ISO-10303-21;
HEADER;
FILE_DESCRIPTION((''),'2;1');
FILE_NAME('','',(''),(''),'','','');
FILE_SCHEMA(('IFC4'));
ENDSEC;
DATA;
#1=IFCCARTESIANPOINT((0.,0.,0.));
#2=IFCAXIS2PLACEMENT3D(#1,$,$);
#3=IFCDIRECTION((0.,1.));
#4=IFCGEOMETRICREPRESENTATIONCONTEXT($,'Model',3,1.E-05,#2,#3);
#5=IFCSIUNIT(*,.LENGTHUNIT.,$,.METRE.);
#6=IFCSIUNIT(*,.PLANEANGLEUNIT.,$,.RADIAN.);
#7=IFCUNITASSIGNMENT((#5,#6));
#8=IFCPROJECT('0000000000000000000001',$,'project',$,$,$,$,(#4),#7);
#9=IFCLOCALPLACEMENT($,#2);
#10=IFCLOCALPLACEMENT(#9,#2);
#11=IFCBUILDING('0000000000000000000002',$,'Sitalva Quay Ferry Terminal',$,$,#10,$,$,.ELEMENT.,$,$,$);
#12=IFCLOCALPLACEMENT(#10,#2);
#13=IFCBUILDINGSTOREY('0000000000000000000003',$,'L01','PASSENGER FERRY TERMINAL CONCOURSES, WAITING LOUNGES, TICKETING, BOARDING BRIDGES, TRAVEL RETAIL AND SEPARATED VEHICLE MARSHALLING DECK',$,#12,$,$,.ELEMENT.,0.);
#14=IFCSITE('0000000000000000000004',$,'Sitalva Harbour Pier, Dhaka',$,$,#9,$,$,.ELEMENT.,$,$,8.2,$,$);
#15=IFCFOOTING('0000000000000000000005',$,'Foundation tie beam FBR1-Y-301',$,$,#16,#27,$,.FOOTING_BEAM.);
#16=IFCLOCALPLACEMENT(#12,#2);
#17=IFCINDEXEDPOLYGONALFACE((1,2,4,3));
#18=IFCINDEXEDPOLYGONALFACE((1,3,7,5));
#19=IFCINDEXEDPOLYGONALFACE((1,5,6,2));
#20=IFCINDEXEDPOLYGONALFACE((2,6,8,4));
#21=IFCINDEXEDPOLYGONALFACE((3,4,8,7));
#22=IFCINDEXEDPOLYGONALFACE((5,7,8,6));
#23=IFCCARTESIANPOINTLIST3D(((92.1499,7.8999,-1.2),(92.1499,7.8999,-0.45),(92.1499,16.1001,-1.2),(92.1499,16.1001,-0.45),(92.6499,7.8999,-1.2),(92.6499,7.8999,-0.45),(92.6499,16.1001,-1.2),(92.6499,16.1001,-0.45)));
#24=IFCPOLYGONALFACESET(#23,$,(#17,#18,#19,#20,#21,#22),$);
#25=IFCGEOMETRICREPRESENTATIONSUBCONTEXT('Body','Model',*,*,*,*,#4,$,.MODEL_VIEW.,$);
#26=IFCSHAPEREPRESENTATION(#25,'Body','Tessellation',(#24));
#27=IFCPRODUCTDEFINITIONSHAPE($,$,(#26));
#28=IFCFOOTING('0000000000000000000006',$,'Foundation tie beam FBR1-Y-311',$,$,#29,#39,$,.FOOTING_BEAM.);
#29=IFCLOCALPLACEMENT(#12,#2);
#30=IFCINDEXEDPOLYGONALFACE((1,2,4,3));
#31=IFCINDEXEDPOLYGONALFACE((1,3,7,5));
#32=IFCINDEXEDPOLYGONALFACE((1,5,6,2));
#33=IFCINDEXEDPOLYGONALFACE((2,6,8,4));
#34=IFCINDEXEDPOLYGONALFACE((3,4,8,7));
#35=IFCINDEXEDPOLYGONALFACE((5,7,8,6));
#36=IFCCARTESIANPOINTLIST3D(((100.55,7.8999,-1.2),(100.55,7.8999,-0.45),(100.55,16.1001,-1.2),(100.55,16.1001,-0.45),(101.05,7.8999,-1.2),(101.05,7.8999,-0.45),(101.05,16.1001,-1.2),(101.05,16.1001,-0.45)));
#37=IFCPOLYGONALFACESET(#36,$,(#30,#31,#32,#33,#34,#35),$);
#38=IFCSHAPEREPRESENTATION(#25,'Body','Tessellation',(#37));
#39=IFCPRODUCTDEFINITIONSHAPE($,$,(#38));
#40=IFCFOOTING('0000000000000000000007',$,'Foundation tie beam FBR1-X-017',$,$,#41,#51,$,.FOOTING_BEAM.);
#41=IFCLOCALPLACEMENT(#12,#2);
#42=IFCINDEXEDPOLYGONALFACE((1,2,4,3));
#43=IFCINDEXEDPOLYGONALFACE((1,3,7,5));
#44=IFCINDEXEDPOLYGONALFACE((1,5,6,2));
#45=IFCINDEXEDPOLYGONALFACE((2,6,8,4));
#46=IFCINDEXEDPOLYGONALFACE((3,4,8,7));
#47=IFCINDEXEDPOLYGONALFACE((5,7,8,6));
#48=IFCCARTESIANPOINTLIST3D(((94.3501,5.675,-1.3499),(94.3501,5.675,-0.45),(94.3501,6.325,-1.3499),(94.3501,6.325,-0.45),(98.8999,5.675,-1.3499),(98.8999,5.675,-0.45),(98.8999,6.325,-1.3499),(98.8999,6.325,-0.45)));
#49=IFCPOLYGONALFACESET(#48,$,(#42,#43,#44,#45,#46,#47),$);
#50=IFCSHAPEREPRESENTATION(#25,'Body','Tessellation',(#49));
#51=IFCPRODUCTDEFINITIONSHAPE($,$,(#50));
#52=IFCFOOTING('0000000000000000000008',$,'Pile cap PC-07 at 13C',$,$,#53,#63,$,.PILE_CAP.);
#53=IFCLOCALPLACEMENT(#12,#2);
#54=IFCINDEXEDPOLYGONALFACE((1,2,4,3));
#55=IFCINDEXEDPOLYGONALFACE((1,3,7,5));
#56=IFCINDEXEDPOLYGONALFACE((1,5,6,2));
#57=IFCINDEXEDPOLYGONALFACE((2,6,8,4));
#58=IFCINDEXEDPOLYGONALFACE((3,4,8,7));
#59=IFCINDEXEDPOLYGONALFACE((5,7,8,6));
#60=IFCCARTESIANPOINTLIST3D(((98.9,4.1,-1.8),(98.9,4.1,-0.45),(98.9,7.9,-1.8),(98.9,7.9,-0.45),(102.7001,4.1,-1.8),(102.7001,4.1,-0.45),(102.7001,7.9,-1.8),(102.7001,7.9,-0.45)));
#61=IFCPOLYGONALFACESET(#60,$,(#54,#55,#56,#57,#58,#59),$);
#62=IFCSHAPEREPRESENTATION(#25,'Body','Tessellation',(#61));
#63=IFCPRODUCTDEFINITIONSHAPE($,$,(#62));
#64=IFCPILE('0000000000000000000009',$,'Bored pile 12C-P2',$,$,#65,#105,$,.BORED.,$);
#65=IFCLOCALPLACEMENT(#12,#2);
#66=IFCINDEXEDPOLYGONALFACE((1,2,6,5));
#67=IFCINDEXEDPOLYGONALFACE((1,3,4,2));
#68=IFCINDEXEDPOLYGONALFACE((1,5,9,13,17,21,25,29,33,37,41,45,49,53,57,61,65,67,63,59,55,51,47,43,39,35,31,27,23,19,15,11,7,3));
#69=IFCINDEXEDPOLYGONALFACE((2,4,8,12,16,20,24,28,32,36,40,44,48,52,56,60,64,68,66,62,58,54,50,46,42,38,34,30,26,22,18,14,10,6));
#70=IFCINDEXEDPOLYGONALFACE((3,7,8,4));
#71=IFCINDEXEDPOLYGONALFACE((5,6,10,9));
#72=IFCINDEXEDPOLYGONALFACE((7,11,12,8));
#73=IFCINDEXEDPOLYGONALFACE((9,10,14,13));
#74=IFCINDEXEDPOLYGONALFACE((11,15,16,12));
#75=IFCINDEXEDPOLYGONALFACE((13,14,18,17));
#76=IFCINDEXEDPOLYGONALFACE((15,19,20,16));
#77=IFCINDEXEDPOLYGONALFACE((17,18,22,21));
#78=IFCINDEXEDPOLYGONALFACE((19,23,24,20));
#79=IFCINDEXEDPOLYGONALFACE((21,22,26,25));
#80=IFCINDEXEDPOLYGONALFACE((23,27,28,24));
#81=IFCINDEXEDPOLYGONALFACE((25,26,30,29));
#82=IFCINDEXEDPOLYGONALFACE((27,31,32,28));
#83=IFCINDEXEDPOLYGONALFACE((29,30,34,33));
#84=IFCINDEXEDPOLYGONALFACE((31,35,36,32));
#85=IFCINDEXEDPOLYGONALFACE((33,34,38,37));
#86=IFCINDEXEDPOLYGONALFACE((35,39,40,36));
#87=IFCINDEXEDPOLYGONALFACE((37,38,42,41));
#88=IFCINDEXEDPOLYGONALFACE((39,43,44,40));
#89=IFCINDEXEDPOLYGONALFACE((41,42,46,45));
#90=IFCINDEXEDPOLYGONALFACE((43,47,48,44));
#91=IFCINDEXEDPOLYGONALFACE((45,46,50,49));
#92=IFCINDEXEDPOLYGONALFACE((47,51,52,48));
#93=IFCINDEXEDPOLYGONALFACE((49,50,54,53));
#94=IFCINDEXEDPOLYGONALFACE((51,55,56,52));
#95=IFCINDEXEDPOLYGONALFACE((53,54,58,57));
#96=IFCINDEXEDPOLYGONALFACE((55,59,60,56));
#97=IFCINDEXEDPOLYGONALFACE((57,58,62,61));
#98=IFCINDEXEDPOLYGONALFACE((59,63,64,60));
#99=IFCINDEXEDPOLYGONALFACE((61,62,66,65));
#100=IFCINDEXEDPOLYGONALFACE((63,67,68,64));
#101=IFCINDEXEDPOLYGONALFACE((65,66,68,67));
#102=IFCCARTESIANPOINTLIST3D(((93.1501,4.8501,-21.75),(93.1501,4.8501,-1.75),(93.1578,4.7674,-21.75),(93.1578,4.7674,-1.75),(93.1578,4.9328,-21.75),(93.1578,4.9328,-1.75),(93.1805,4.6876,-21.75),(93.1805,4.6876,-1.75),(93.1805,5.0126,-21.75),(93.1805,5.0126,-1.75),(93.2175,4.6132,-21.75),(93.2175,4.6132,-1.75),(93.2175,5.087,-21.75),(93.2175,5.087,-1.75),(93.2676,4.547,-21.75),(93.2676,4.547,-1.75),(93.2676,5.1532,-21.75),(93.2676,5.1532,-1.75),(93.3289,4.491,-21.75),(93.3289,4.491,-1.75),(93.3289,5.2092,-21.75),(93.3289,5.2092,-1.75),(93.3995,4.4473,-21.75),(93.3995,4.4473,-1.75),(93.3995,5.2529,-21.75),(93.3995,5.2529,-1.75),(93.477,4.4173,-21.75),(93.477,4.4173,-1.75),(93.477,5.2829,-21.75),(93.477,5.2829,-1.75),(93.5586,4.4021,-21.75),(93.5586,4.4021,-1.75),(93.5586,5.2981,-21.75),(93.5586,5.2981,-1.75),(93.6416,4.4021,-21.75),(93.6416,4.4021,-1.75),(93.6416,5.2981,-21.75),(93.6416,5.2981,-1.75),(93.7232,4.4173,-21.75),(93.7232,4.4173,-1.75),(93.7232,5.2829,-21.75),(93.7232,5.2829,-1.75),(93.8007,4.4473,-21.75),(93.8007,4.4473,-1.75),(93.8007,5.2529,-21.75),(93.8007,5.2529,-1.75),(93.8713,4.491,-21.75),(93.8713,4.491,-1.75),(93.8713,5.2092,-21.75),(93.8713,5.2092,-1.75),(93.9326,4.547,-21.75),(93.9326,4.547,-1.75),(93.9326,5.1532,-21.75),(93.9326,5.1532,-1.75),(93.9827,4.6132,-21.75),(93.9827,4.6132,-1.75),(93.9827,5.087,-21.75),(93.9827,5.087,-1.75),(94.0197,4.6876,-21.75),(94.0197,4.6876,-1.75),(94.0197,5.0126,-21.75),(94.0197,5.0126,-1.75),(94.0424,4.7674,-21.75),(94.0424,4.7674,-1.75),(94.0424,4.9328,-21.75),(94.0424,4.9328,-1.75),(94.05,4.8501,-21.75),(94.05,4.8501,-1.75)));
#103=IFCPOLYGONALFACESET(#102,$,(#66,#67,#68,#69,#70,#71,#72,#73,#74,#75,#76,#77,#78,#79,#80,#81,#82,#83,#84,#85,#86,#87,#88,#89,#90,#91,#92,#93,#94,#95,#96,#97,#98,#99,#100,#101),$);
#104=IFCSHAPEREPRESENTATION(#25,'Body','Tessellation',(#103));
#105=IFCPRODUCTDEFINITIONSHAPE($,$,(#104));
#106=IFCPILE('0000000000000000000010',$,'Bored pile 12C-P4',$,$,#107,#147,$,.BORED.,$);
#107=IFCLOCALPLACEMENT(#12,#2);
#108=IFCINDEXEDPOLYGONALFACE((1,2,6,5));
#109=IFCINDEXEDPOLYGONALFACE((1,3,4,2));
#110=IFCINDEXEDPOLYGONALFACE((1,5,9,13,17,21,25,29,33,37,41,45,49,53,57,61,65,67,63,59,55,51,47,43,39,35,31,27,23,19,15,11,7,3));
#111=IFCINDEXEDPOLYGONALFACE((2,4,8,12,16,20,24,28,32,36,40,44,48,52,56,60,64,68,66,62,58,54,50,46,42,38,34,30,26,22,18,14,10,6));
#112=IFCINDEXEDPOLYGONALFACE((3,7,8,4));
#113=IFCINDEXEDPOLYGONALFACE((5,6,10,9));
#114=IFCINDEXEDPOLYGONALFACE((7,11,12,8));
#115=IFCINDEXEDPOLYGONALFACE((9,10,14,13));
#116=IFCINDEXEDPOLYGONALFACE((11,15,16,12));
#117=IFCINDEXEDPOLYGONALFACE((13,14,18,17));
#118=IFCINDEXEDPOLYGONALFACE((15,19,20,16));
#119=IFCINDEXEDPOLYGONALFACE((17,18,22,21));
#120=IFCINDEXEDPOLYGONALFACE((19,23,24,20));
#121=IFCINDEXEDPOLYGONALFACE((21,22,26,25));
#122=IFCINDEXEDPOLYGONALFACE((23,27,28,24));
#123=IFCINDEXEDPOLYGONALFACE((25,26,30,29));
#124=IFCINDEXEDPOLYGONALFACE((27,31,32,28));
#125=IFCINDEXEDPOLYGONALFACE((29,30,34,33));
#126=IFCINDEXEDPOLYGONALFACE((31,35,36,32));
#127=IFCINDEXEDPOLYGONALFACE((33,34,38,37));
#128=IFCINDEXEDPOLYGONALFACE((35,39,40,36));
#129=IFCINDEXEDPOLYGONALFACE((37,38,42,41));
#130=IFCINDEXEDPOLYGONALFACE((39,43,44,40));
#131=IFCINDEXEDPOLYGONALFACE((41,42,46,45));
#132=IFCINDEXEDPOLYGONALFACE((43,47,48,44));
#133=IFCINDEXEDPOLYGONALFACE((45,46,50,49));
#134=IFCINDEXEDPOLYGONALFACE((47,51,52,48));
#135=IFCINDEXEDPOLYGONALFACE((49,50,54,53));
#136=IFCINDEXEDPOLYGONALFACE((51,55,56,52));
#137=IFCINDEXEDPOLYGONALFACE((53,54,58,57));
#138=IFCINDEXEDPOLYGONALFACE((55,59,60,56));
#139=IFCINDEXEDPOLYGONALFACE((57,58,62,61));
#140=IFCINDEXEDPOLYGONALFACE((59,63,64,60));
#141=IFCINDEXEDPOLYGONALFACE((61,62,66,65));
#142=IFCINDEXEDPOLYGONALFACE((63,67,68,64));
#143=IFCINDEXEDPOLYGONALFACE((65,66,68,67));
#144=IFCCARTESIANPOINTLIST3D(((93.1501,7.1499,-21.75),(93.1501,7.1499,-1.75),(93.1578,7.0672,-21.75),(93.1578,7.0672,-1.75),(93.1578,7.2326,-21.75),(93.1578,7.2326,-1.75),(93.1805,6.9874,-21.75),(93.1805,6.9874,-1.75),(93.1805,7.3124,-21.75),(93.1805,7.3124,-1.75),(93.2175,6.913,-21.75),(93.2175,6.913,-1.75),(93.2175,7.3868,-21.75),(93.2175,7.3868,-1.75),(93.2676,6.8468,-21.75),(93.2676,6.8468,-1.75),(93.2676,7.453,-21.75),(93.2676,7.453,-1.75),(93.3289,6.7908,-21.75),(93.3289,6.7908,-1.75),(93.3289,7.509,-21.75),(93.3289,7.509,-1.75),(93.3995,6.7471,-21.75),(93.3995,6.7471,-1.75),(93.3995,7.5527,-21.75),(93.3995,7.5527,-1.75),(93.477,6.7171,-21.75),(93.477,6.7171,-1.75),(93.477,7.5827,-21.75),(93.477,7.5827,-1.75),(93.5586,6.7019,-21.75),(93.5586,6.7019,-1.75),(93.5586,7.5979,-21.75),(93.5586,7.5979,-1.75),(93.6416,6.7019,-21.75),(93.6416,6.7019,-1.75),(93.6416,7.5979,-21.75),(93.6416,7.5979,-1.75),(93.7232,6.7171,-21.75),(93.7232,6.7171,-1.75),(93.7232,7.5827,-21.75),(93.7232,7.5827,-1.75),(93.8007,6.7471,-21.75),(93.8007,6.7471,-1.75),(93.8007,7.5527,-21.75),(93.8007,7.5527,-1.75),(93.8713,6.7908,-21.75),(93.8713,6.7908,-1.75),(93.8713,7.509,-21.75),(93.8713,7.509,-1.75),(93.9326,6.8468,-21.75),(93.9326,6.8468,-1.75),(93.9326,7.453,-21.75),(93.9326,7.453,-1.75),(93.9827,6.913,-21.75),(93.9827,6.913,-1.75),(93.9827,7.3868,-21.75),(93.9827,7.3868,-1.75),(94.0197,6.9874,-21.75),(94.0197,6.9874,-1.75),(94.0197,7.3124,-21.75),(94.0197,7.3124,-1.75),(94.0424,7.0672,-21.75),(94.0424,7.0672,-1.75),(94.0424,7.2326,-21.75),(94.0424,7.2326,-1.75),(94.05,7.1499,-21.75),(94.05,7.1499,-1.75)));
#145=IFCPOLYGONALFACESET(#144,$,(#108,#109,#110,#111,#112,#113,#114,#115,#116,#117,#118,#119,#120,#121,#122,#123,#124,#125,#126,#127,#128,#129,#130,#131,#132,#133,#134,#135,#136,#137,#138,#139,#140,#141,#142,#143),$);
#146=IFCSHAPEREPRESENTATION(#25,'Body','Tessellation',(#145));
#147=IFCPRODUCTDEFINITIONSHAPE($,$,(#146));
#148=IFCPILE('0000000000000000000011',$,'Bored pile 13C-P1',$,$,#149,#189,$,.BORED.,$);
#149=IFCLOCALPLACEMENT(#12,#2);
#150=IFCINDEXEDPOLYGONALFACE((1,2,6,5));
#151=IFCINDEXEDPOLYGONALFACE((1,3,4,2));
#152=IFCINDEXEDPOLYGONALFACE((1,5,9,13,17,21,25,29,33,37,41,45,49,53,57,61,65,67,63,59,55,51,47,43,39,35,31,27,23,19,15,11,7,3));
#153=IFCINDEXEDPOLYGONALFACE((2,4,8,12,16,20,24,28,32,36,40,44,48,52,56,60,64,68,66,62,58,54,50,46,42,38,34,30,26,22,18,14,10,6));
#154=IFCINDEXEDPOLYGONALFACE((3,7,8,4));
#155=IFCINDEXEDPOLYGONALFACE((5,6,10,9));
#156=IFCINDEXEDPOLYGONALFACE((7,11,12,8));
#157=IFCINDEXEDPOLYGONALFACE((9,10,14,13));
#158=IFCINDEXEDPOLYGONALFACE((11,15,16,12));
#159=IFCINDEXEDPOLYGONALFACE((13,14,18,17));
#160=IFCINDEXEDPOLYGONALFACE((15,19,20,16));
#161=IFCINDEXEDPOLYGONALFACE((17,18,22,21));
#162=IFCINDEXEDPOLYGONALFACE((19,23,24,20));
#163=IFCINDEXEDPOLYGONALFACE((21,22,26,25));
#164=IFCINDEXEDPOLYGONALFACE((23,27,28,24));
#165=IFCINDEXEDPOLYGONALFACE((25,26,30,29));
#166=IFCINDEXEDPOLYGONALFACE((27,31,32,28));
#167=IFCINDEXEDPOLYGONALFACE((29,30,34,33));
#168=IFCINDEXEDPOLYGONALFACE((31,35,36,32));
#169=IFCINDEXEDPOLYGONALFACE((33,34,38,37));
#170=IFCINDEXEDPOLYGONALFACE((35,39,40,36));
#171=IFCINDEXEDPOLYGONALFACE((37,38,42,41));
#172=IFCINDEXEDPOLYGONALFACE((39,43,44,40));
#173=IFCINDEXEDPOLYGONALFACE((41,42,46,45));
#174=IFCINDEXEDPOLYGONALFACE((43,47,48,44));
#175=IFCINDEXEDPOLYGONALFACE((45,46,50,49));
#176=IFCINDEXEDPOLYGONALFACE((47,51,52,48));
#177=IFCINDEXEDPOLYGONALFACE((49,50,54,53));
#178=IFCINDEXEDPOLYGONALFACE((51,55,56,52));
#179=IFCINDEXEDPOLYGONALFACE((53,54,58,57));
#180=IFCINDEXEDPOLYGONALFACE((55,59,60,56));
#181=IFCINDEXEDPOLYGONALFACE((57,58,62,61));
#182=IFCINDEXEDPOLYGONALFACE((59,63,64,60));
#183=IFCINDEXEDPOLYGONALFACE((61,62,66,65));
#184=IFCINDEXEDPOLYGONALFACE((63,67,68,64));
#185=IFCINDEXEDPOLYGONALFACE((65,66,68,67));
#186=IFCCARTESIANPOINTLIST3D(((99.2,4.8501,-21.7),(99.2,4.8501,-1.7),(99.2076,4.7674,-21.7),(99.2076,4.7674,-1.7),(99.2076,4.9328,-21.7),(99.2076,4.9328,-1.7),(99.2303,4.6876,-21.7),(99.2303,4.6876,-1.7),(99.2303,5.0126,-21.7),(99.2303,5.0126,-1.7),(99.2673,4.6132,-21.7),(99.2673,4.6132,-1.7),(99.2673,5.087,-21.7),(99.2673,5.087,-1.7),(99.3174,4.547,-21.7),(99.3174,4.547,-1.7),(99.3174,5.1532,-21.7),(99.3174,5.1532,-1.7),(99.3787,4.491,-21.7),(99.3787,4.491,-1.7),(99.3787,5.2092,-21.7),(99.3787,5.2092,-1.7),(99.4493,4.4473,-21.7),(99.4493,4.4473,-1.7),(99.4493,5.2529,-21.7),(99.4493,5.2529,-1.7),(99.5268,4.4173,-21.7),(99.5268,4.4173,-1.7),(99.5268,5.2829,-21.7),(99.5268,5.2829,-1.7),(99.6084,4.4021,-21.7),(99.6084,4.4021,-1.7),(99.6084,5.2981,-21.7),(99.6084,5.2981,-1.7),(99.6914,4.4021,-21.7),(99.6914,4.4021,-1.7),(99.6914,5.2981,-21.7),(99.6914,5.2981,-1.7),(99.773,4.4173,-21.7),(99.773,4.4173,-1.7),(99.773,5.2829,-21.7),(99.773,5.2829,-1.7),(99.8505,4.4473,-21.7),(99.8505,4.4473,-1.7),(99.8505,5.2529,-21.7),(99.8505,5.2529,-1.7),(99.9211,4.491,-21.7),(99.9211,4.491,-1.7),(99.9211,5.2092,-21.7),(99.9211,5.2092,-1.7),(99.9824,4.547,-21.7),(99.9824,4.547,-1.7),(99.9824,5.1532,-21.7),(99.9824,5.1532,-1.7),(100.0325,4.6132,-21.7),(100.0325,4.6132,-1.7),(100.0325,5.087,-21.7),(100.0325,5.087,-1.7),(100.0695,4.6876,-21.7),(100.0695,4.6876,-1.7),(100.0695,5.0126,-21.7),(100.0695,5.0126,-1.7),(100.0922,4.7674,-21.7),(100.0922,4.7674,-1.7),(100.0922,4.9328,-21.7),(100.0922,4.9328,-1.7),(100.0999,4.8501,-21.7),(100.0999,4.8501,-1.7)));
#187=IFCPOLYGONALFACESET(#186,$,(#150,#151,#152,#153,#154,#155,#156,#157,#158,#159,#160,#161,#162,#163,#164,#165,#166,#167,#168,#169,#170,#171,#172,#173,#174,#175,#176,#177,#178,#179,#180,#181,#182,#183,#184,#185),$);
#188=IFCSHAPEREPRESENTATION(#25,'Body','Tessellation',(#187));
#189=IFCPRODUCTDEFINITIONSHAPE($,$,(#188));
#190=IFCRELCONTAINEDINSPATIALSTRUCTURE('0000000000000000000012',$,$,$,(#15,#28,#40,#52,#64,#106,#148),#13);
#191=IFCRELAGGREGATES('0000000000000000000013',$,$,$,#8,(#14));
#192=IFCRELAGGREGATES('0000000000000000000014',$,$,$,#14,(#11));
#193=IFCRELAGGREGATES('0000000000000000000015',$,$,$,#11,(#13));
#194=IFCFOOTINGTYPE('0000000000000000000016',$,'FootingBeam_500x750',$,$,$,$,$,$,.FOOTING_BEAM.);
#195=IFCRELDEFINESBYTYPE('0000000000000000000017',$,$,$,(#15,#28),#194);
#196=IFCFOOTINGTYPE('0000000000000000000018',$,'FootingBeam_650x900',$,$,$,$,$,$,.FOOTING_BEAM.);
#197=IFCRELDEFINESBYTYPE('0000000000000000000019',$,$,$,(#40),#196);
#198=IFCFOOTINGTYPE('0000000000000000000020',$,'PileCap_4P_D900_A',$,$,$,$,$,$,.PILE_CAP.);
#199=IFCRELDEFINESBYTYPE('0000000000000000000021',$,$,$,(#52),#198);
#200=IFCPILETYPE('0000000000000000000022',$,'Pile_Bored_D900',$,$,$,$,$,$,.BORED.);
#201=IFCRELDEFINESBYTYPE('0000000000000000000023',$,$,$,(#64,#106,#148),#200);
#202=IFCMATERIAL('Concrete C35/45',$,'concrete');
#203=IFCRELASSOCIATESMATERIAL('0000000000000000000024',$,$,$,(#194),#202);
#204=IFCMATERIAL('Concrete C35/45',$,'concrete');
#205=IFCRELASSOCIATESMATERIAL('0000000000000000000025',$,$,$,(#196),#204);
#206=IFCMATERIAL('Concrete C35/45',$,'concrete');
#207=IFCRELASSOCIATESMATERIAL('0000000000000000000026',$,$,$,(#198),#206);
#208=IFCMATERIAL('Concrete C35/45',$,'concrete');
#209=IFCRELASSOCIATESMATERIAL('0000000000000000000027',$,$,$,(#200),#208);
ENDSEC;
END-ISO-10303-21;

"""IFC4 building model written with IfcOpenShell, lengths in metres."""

from ifc_helpers import new_model, si_unit, direction, frame, origin, origin_2d, place, context, subcontext, project, spatial, rectangle, circle, extrude, material, material_profile, profile_set, type_object, element, save


model = new_model("IFC4")

# Units and contexts
model_context = context("Model", 3, precision=1e-05, world=origin(), true_north=direction((0.0, 1.0)))
body_context = subcontext(model_context, "Body", "Model", "MODEL_VIEW")
ifc_project = project(units=[si_unit("LENGTHUNIT", "METRE"), si_unit("PLANEANGLEUNIT", "RADIAN")], contexts=[model_context])

# Site, building, storey
site_placement = place(None, origin())
site = spatial("IfcSite", under=ifc_project, at=site_placement, Name="Sitalva Harbour Pier, Dhaka", CompositionType="ELEMENT", RefElevation=8.2)
building_placement = place(site_placement, origin())
building = spatial("IfcBuilding", under=site, at=building_placement, Name="Sitalva Quay Ferry Terminal", CompositionType="ELEMENT")
storey_placement = place(building_placement, origin())
storey = spatial("IfcBuildingStorey", under=building, at=storey_placement, Name="L01", Description="PASSENGER FERRY TERMINAL CONCOURSES, WAITING LOUNGES, TICKETING, BOARDING BRIDGES, TRAVEL RETAIL AND SEPARATED VEHICLE MARSHALLING DECK", CompositionType="ELEMENT", Elevation=0.0)

# Footings
ifc_material_1 = material(Name="Concrete C35/45", Category="concrete")
ifc_material_profile_1 = material_profile(ifc_material_1, rectangle(XDim=0.5, YDim=0.75, at=origin_2d()), Name="RC500x750")
ifc_profile_set_1 = profile_set([ifc_material_profile_1], Name="Concrete C35/45")
footing_type_1 = type_object("IfcFootingType", Name="FootingBeam_500x750", PredefinedType="FOOTING_BEAM", material=ifc_profile_set_1)
for number, where, z_axis, x_axis, name in (
    (1, (92.3999, 7.8999, -0.825), (0.0, 1.0, 0.0), (-1.0, 0.0, 0.0), "Foundation tie beam FBR1-Y-301"),
    (2, (100.8, 7.8999, -0.825), (0.0, 1.0, 0.0), (-1.0, 0.0, 0.0), "Foundation tie beam FBR1-Y-311"),
):
    element("IfcFooting", number, at=place(storey_placement, frame(where, z_axis=z_axis, x_axis=x_axis)), inside=storey, type_object=footing_type_1, Name=name, PredefinedType="FOOTING_BEAM", context=body_context, shape_type="SweptSolid", body=[
        extrude(rectangle(XDim=0.5, YDim=0.75, at=origin_2d()), origin(), (0.0, 0.0, 1.0), 8.2002),
    ])
ifc_material_2 = material(Name="Concrete C35/45", Category="concrete")
ifc_material_profile_2 = material_profile(ifc_material_2, rectangle(XDim=0.6499, YDim=0.8999, at=origin_2d()), Name="RC650x900")
ifc_profile_set_2 = profile_set([ifc_material_profile_2], Name="Concrete C35/45")
footing_type_2 = type_object("IfcFootingType", Name="FootingBeam_650x900", PredefinedType="FOOTING_BEAM", material=ifc_profile_set_2)
footing_1_placement = place(storey_placement, frame((94.3501, 6.0, -0.8999), z_axis=(1.0, 0.0, 0.0), x_axis=(0.0, 1.0, 0.0)))
element("IfcFooting", 3, at=footing_1_placement, inside=storey, type_object=footing_type_2, Name="Foundation tie beam FBR1-X-017", PredefinedType="FOOTING_BEAM", context=body_context, shape_type="SweptSolid", body=[
    extrude(rectangle(XDim=0.6499, YDim=0.8999, at=origin_2d()), origin(), (0.0, 0.0, 1.0), 4.5498),
])
ifc_material_3 = material(Name="Concrete C35/45", Category="concrete")
footing_type_3 = type_object("IfcFootingType", Name="PileCap_4P_D900_A", PredefinedType="PILE_CAP", material=ifc_material_3)
footing_2_placement = place(storey_placement, frame((100.8, 6.0, -1.8), z_axis=(0.0, 0.0, 1.0), x_axis=(1.0, 0.0, 0.0)))
element("IfcFooting", 4, at=footing_2_placement, inside=storey, type_object=footing_type_3, Name="Pile cap PC-07 at 13C", PredefinedType="PILE_CAP", context=body_context, shape_type="SweptSolid", body=[
    extrude(rectangle(XDim=3.8, YDim=3.8, at=origin_2d()), origin(), (0.0, 0.0, 1.0), 1.3501),
])

# Piles
ifc_material_4 = material(Name="Concrete C35/45", Category="concrete")
ifc_material_profile_3 = material_profile(ifc_material_4, circle(Radius=0.45, at=origin_2d()), Name="PILE-D900")
ifc_profile_set_3 = profile_set([ifc_material_profile_3], Name="Concrete C35/45")
pile_type = type_object("IfcPileType", Name="Pile_Bored_D900", PredefinedType="BORED", material=ifc_profile_set_3)
for number, where, z_axis, x_axis, name in (
    (5, (93.6001, 4.8501, -1.75), (0.0, 0.0, -1.0), (1.0, 0.0, 0.0), "Bored pile 12C-P2"),
    (6, (93.6001, 7.1499, -1.75), (0.0, 0.0, -1.0), (1.0, 0.0, 0.0), "Bored pile 12C-P4"),
    (7, (99.6499, 4.8501, -1.7), (0.0, 0.0, -1.0), (1.0, 0.0, 0.0), "Bored pile 13C-P1"),
):
    element("IfcPile", number, at=place(storey_placement, frame(where, z_axis=z_axis, x_axis=x_axis)), inside=storey, type_object=pile_type, Name=name, PredefinedType="BORED", context=body_context, shape_type="SweptSolid", body=[
        extrude(circle(Radius=0.45, at=origin_2d()), origin(), (0.0, 0.0, 1.0), 20.0),
    ])

save(model, "model.ifc")
